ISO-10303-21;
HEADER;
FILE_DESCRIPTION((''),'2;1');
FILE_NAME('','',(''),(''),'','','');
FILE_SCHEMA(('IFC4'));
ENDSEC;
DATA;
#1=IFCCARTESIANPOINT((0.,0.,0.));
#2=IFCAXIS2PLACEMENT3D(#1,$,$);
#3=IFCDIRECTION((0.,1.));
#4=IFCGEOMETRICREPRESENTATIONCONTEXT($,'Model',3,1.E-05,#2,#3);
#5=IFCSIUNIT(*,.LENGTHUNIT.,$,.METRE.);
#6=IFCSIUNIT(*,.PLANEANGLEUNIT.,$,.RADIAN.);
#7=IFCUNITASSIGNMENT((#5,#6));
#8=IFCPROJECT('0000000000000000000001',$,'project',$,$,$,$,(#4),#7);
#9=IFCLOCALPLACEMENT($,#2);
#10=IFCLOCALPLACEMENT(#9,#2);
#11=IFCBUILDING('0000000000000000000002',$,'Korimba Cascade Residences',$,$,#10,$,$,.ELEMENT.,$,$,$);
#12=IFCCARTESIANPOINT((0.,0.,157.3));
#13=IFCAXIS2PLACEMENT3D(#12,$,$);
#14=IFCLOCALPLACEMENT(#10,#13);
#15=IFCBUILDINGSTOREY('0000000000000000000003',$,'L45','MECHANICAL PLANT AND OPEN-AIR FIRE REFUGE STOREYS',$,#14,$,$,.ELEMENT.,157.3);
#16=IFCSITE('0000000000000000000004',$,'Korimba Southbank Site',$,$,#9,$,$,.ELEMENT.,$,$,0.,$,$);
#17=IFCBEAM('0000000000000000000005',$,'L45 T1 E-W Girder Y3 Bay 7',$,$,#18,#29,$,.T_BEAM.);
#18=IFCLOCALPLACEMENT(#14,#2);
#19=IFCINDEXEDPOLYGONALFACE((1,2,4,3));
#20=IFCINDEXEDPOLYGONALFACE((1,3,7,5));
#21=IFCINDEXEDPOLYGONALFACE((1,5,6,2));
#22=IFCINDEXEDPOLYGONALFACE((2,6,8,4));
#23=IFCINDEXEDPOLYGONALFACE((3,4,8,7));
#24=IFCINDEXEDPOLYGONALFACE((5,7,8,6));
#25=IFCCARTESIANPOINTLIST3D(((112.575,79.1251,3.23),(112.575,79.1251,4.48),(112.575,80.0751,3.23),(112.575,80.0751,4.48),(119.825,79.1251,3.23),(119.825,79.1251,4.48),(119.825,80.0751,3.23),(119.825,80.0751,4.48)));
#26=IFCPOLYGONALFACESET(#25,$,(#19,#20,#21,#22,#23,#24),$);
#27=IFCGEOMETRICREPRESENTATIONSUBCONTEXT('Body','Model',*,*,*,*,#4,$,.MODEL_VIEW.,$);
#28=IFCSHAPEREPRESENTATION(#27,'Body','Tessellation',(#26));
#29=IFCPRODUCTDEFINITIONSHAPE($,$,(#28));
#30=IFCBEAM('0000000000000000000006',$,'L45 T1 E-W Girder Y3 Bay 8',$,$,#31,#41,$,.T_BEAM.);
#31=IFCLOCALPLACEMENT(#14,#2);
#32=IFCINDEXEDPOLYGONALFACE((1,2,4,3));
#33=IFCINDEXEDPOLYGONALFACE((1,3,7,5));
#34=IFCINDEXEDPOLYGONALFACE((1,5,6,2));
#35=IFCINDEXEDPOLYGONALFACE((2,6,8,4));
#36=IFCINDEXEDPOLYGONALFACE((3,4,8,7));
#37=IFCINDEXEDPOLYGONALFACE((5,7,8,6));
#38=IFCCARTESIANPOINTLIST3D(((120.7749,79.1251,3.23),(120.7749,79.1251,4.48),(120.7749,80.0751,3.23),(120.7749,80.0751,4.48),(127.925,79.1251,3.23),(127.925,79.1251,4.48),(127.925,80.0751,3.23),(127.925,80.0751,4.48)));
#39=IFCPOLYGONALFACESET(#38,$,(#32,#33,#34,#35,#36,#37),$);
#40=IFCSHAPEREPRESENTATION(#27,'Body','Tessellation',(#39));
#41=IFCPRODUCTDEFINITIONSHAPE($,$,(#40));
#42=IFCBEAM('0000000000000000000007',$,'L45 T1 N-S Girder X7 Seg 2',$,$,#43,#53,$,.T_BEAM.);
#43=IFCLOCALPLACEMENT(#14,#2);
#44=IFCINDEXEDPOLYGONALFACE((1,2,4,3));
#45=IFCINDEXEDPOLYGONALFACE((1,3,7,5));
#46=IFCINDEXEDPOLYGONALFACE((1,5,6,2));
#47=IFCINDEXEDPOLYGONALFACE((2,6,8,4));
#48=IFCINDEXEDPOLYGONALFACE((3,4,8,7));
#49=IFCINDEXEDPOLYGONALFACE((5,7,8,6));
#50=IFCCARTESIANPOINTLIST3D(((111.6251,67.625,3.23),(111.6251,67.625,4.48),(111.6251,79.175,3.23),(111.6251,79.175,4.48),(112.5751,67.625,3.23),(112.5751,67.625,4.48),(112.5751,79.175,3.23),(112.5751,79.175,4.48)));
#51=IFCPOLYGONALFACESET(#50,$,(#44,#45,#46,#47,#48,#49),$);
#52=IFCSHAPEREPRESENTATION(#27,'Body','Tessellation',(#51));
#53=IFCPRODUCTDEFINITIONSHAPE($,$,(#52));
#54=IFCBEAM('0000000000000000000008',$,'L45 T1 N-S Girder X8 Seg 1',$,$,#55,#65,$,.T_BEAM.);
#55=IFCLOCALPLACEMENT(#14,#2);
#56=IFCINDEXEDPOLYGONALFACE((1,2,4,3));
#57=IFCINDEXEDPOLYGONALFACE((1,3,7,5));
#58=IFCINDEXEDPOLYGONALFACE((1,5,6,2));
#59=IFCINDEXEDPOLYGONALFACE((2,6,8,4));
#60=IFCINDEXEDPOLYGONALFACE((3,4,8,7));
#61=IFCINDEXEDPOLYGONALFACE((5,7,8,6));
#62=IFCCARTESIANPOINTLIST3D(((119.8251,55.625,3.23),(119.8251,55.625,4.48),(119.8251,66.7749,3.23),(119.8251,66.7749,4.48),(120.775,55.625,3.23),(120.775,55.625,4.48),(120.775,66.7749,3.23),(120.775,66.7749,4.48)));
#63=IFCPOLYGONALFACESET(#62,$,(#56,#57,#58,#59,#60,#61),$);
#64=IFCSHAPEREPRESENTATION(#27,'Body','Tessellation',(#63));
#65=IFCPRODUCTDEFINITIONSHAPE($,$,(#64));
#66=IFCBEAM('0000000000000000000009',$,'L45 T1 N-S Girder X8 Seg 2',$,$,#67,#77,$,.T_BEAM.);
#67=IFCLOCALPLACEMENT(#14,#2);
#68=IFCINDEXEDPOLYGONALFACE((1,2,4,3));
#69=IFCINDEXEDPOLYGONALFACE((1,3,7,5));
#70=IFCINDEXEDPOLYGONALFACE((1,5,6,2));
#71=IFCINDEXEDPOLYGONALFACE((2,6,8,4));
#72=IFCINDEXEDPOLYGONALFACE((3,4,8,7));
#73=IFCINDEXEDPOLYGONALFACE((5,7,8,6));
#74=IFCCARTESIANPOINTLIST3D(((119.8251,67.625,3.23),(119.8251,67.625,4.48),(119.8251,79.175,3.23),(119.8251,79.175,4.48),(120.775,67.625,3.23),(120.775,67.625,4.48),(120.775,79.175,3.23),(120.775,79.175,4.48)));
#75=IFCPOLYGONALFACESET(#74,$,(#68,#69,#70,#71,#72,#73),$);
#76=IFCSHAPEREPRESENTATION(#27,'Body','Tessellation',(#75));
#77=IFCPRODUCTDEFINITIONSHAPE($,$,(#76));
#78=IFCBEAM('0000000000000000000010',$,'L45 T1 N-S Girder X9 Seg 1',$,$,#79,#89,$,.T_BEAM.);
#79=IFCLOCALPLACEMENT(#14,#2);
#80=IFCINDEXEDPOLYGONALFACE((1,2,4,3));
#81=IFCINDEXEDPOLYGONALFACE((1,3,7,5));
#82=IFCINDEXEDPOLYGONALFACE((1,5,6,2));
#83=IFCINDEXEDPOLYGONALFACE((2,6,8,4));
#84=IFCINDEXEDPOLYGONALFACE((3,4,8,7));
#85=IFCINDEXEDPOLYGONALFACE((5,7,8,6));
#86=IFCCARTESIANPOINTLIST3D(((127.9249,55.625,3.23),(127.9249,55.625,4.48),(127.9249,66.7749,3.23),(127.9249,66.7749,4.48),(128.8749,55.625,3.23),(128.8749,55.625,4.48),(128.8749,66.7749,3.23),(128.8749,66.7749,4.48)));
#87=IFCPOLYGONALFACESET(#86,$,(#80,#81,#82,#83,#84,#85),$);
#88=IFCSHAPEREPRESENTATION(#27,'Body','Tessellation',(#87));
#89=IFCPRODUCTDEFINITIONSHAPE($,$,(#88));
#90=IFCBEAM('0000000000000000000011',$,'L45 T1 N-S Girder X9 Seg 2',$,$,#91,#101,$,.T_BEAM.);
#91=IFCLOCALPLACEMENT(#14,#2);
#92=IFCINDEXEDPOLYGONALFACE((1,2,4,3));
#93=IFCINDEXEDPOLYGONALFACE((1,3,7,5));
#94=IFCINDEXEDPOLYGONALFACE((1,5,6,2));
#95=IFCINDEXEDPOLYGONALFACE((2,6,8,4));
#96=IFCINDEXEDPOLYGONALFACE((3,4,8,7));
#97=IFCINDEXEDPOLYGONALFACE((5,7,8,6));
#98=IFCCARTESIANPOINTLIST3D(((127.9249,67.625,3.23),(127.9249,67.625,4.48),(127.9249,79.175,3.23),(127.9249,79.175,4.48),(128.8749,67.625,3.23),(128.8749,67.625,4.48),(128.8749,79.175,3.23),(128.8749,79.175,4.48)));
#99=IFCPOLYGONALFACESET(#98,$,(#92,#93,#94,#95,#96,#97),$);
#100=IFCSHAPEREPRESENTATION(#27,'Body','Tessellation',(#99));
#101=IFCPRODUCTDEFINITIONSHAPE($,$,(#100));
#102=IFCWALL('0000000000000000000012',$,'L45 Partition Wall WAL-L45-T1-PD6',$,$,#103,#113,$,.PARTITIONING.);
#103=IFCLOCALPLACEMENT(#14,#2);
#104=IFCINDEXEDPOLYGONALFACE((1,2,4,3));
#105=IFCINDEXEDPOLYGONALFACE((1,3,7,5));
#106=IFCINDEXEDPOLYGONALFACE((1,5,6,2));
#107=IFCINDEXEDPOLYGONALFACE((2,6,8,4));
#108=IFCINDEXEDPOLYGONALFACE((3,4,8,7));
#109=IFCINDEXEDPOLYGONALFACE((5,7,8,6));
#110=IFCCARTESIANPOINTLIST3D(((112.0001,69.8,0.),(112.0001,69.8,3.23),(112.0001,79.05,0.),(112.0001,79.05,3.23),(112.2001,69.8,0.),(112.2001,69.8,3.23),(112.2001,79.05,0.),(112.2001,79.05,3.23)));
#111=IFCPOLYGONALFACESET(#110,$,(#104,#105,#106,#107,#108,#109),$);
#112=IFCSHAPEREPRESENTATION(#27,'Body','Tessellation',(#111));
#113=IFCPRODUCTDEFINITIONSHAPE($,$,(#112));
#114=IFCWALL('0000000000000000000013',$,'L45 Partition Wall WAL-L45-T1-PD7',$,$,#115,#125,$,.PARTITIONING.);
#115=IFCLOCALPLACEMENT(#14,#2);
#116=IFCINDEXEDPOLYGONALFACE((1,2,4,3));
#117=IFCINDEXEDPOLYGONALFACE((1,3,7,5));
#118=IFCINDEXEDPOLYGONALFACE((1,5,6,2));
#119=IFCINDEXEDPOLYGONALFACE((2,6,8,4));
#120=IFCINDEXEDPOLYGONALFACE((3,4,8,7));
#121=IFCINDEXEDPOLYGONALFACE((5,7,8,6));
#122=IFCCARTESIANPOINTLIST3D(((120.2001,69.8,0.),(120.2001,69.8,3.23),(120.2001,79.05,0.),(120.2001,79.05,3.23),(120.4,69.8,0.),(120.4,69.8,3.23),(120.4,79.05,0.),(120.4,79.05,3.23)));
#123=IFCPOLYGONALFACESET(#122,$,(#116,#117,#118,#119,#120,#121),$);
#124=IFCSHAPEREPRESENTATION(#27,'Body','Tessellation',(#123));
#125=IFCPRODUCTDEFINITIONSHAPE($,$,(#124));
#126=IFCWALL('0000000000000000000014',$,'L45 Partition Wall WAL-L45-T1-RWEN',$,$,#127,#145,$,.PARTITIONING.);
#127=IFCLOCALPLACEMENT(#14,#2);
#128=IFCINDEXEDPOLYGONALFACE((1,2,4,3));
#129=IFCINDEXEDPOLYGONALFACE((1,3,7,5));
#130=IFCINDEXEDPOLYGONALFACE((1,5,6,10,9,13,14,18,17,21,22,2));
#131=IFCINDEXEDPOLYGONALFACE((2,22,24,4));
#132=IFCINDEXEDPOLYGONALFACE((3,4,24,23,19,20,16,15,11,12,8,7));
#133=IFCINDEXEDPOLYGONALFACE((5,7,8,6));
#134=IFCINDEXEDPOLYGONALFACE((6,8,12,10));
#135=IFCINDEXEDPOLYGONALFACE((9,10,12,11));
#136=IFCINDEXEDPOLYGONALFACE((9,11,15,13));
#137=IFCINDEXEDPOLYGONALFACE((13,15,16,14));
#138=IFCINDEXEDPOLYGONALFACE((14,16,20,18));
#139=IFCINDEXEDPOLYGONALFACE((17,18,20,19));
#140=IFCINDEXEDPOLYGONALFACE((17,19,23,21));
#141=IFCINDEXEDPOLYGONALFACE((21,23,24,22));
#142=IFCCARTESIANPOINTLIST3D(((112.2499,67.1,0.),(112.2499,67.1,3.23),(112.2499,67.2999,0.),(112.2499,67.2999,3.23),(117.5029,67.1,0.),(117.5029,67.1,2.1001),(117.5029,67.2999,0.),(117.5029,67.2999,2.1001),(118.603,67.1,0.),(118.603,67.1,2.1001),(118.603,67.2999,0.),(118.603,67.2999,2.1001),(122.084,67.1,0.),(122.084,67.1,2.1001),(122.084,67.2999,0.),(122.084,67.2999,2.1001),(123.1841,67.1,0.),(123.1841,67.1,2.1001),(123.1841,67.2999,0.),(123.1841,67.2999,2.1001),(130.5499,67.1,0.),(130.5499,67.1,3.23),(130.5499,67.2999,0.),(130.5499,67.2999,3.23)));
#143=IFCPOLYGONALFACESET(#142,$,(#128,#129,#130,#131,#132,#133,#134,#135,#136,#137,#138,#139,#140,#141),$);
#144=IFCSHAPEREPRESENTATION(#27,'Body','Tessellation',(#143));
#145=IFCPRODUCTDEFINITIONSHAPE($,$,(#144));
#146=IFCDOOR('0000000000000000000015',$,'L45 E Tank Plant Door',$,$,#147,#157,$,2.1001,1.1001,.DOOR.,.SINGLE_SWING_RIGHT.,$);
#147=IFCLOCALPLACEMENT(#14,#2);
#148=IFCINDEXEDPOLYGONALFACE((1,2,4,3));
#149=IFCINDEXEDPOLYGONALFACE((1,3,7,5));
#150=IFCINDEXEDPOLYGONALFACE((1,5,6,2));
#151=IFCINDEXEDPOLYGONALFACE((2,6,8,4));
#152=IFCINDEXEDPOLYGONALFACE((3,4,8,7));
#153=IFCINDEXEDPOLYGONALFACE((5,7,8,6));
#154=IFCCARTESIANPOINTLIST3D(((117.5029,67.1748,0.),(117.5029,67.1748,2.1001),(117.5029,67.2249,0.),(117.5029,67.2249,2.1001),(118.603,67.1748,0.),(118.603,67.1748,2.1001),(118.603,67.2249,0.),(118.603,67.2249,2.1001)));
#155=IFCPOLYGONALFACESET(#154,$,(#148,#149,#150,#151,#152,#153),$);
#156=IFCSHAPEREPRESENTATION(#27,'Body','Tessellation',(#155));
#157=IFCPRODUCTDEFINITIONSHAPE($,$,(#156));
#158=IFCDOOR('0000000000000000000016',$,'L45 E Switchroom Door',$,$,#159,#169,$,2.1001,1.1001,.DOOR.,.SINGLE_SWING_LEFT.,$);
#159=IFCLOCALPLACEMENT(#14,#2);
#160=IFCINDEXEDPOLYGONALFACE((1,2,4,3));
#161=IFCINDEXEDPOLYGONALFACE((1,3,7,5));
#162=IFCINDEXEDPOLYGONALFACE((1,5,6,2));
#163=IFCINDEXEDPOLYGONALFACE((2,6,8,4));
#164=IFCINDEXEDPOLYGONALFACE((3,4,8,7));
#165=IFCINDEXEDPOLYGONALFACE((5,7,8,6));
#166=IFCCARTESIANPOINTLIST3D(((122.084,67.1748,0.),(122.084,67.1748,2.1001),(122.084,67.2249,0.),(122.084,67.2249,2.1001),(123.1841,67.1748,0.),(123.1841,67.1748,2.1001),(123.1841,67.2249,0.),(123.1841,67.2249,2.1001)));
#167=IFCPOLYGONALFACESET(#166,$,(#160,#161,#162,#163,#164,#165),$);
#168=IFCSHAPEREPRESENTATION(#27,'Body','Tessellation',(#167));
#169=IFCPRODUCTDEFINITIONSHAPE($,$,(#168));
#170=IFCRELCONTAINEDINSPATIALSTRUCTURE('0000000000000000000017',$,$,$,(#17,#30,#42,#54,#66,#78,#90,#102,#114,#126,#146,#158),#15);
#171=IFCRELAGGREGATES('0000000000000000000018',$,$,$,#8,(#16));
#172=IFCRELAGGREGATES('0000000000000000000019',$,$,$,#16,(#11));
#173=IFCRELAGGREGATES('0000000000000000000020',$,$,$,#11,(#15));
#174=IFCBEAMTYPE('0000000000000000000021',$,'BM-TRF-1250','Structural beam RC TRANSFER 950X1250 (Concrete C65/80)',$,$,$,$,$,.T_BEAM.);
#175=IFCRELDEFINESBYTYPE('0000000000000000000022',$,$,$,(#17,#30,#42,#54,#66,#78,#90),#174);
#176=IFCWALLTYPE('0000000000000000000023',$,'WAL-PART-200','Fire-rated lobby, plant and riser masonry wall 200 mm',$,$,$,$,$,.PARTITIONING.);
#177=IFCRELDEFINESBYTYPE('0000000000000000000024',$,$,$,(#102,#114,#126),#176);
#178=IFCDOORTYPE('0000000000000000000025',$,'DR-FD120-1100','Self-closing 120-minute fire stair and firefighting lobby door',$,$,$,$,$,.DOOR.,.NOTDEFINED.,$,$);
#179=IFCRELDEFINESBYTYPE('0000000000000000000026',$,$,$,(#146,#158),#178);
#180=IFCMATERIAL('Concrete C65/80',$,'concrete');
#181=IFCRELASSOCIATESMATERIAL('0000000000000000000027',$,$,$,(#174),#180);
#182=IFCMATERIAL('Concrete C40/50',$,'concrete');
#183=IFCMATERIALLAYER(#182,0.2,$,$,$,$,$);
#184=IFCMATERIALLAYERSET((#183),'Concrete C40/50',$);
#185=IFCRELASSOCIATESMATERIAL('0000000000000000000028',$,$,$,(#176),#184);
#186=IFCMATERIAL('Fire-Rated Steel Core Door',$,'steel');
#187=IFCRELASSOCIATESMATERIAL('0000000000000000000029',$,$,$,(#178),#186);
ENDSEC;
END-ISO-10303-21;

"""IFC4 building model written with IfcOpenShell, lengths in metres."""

from ifc_helpers import new_model, si_unit, direction, frame, frame_2d, origin, origin_2d, place, context, subcontext, project, spatial, rectangle, extrude, material, layer, layer_set, material_profile, profile_set, type_object, element, fill, save


model = new_model("IFC4")

# Units and contexts
model_context = context("Model", 3, precision=1e-05, world=origin(), true_north=direction((0.0, 1.0)))
body_context = subcontext(model_context, "Body", "Model", "MODEL_VIEW")
ifc_project = project(units=[si_unit("LENGTHUNIT", "METRE"), si_unit("PLANEANGLEUNIT", "RADIAN")], contexts=[model_context])

# Site, building, storey
site_placement = place(None, origin())
site = spatial("IfcSite", under=ifc_project, at=site_placement, Name="Korimba Southbank Site", CompositionType="ELEMENT", RefElevation=0.0)
building_placement = place(site_placement, origin())
building = spatial("IfcBuilding", under=site, at=building_placement, Name="Korimba Cascade Residences", CompositionType="ELEMENT")
storey_placement = place(building_placement, frame((0.0, 0.0, 157.3)))
storey = spatial("IfcBuildingStorey", under=building, at=storey_placement, Name="L45", Description="MECHANICAL PLANT AND OPEN-AIR FIRE REFUGE STOREYS", CompositionType="ELEMENT", Elevation=157.3)

# Shared definitions
ifc_material_1 = material(Name="Concrete C65/80", Category="concrete")

# Beams
ifc_material_profile_1 = material_profile(ifc_material_1, rectangle(XDim=0.95, YDim=1.25, at=origin_2d()), Name="Concrete C65/80")
ifc_profile_set_1 = profile_set([ifc_material_profile_1], Name="Concrete C65/80")
beam_type_1 = type_object("IfcBeamType", Name="BM-TRF-1250", Description="Structural beam RC TRANSFER 950X1250 (Concrete C65/80)", PredefinedType="T_BEAM", material=ifc_profile_set_1)
beam_1_placement = place(storey_placement, frame((112.575, 79.6001, 3.855), z_axis=(1.0, 0.0, 0.0), x_axis=(0.0, 1.0, 0.0)))
element("IfcBeam", 1, at=beam_1_placement, inside=storey, type_object=beam_type_1, Name="L45 T1 E-W Girder Y3 Bay 7", PredefinedType="T_BEAM", context=body_context, shape_type="SweptSolid", body=[
    extrude(rectangle(XDim=0.95, YDim=1.25, at=origin_2d()), origin(), (0.0, 0.0, 1.0), 7.25),
])
beam_2_placement = place(storey_placement, frame((120.7749, 79.6001, 3.855), z_axis=(1.0, 0.0, 0.0), x_axis=(0.0, 1.0, 0.0)))
element("IfcBeam", 2, at=beam_2_placement, inside=storey, type_object=beam_type_1, Name="L45 T1 E-W Girder Y3 Bay 8", PredefinedType="T_BEAM", context=body_context, shape_type="SweptSolid", body=[
    extrude(rectangle(XDim=0.95, YDim=1.25, at=origin_2d()), origin(), (0.0, 0.0, 1.0), 7.1501),
])
beam_3_placement = place(storey_placement, frame((112.1001, 67.625, 3.855), z_axis=(0.0, 1.0, 0.0), x_axis=(-1.0, 0.0, 0.0)))
element("IfcBeam", 3, at=beam_3_placement, inside=storey, type_object=beam_type_1, Name="L45 T1 N-S Girder X7 Seg 2", PredefinedType="T_BEAM", context=body_context, shape_type="SweptSolid", body=[
    extrude(rectangle(XDim=0.95, YDim=1.25, at=origin_2d()), origin(), (0.0, 0.0, 1.0), 11.55),
])
beam_4_placement = place(storey_placement, frame((120.3, 55.625, 3.855), z_axis=(0.0, 1.0, 0.0), x_axis=(-1.0, 0.0, 0.0)))
element("IfcBeam", 4, at=beam_4_placement, inside=storey, type_object=beam_type_1, Name="L45 T1 N-S Girder X8 Seg 1", PredefinedType="T_BEAM", context=body_context, shape_type="SweptSolid", body=[
    extrude(rectangle(XDim=0.95, YDim=1.25, at=origin_2d()), origin(), (0.0, 0.0, 1.0), 11.1499),
])
beam_5_placement = place(storey_placement, frame((120.3, 67.625, 3.855), z_axis=(0.0, 1.0, 0.0), x_axis=(-1.0, 0.0, 0.0)))
element("IfcBeam", 5, at=beam_5_placement, inside=storey, type_object=beam_type_1, Name="L45 T1 N-S Girder X8 Seg 2", PredefinedType="T_BEAM", context=body_context, shape_type="SweptSolid", body=[
    extrude(rectangle(XDim=0.95, YDim=1.25, at=origin_2d()), origin(), (0.0, 0.0, 1.0), 11.55),
])
beam_6_placement = place(storey_placement, frame((128.3999, 55.625, 3.855), z_axis=(0.0, 1.0, 0.0), x_axis=(-1.0, 0.0, 0.0)))
element("IfcBeam", 6, at=beam_6_placement, inside=storey, type_object=beam_type_1, Name="L45 T1 N-S Girder X9 Seg 1", PredefinedType="T_BEAM", context=body_context, shape_type="SweptSolid", body=[
    extrude(rectangle(XDim=0.95, YDim=1.25, at=origin_2d()), origin(), (0.0, 0.0, 1.0), 11.1499),
])
beam_7_placement = place(storey_placement, frame((128.3999, 67.625, 3.855), z_axis=(0.0, 1.0, 0.0), x_axis=(-1.0, 0.0, 0.0)))
element("IfcBeam", 7, at=beam_7_placement, inside=storey, type_object=beam_type_1, Name="L45 T1 N-S Girder X9 Seg 2", PredefinedType="T_BEAM", context=body_context, shape_type="SweptSolid", body=[
    extrude(rectangle(XDim=0.95, YDim=1.25, at=origin_2d()), origin(), (0.0, 0.0, 1.0), 11.55),
])

# Walls
ifc_material_2 = material(Name="Concrete C40/50", Category="concrete")
ifc_layer = layer(ifc_material_2, 0.2)
ifc_layer_set = layer_set([ifc_layer], Name="Concrete C40/50")
wall_type = type_object("IfcWallType", Name="WAL-PART-200", Description="Fire-rated lobby, plant and riser masonry wall 200 mm", PredefinedType="PARTITIONING", material=ifc_layer_set)
for number, where, z_axis, x_axis, name in (
    (8, (112.1001, 69.8, 0.0), (0.0, 0.0, 1.0), (0.0, 1.0, 0.0), "L45 Partition Wall WAL-L45-T1-PD6"),
    (9, (120.3, 69.8, 0.0), (0.0, 0.0, 1.0), (0.0, 1.0, 0.0), "L45 Partition Wall WAL-L45-T1-PD7"),
):
    element("IfcWall", number, at=place(storey_placement, frame(where, z_axis=z_axis, x_axis=x_axis)), inside=storey, type_object=wall_type, Name=name, PredefinedType="PARTITIONING", context=body_context, shape_type="SweptSolid", body=[
        extrude(rectangle(XDim=9.25, YDim=0.2, at=frame_2d((4.625, 0.0))), origin(), (0.0, 0.0, 1.0), 3.23),
    ])

# Wall, openings, doors
wall_placement = place(storey_placement, frame((112.25, 67.2, 0.0), z_axis=(0.0, 0.0, 1.0), x_axis=(1.0, 0.0, 0.0)))
wall = element("IfcWall", 10, at=wall_placement, inside=storey, type_object=wall_type, Name="L45 Partition Wall WAL-L45-T1-RWEN", PredefinedType="PARTITIONING", context=body_context, shape_type="SweptSolid", body=[
    extrude(rectangle(XDim=18.3, YDim=0.2, at=frame_2d((9.1499, 0.0))), origin(), (0.0, 0.0, 1.0), 3.23),
])
opening_1_placement = place(wall_placement, frame((5.2529, 0.0, 0.0)))
opening_1 = element("IfcOpeningElement", 11, at=opening_1_placement, cuts=wall, PredefinedType="OPENING", context=body_context, shape_type="SweptSolid", body=[
    extrude(rectangle(XDim=1.1001, YDim=2.1001, at=frame_2d((0.55, 1.05))), frame((0.0, 0.1099, 0.0), z_axis=(0.0, -1.0, 0.0), x_axis=(1.0, 0.0, 0.0)), (0.0, 0.0, 1.0), 0.22),
])
opening_2_placement = place(wall_placement, frame((9.834, 0.0, 0.0)))
opening_2 = element("IfcOpeningElement", 12, at=opening_2_placement, cuts=wall, PredefinedType="OPENING", context=body_context, shape_type="SweptSolid", body=[
    extrude(rectangle(XDim=1.1001, YDim=2.1001, at=frame_2d((0.55, 1.05))), frame((0.0, 0.1099, 0.0), z_axis=(0.0, -1.0, 0.0), x_axis=(1.0, 0.0, 0.0)), (0.0, 0.0, 1.0), 0.22),
])
ifc_material_3 = material(Name="Fire-Rated Steel Core Door", Category="steel")
door_type = type_object("IfcDoorType", Name="DR-FD120-1100", Description="Self-closing 120-minute fire stair and firefighting lobby door", OperationType="NOTDEFINED", PredefinedType="DOOR", material=ifc_material_3)
door_1_placement = place(opening_1_placement, origin())
door_1 = element("IfcDoor", 13, at=door_1_placement, inside=storey, type_object=door_type, Name="L45 E Tank Plant Door", OperationType="SINGLE_SWING_RIGHT", OverallHeight=2.1001, OverallWidth=1.1001, PredefinedType="DOOR", context=body_context, shape_type="SweptSolid", body=[
    extrude(rectangle(XDim=1.1001, YDim=2.1001, at=frame_2d((0.55, 1.05))), frame((0.0, 0.0249, 0.0), z_axis=(0.0, -1.0, 0.0), x_axis=(1.0, 0.0, 0.0)), (0.0, 0.0, 1.0), 0.05),
])
fill(opening_1, door_1)
door_2_placement = place(opening_2_placement, origin())
door_2 = element("IfcDoor", 14, at=door_2_placement, inside=storey, type_object=door_type, Name="L45 E Switchroom Door", OperationType="SINGLE_SWING_LEFT", OverallHeight=2.1001, OverallWidth=1.1001, PredefinedType="DOOR", context=body_context, shape_type="SweptSolid", body=[
    extrude(rectangle(XDim=1.1001, YDim=2.1001, at=frame_2d((0.55, 1.05))), frame((0.0, 0.0249, 0.0), z_axis=(0.0, -1.0, 0.0), x_axis=(1.0, 0.0, 0.0)), (0.0, 0.0, 1.0), 0.05),
])
fill(opening_2, door_2)

save(model, "model.ifc")
